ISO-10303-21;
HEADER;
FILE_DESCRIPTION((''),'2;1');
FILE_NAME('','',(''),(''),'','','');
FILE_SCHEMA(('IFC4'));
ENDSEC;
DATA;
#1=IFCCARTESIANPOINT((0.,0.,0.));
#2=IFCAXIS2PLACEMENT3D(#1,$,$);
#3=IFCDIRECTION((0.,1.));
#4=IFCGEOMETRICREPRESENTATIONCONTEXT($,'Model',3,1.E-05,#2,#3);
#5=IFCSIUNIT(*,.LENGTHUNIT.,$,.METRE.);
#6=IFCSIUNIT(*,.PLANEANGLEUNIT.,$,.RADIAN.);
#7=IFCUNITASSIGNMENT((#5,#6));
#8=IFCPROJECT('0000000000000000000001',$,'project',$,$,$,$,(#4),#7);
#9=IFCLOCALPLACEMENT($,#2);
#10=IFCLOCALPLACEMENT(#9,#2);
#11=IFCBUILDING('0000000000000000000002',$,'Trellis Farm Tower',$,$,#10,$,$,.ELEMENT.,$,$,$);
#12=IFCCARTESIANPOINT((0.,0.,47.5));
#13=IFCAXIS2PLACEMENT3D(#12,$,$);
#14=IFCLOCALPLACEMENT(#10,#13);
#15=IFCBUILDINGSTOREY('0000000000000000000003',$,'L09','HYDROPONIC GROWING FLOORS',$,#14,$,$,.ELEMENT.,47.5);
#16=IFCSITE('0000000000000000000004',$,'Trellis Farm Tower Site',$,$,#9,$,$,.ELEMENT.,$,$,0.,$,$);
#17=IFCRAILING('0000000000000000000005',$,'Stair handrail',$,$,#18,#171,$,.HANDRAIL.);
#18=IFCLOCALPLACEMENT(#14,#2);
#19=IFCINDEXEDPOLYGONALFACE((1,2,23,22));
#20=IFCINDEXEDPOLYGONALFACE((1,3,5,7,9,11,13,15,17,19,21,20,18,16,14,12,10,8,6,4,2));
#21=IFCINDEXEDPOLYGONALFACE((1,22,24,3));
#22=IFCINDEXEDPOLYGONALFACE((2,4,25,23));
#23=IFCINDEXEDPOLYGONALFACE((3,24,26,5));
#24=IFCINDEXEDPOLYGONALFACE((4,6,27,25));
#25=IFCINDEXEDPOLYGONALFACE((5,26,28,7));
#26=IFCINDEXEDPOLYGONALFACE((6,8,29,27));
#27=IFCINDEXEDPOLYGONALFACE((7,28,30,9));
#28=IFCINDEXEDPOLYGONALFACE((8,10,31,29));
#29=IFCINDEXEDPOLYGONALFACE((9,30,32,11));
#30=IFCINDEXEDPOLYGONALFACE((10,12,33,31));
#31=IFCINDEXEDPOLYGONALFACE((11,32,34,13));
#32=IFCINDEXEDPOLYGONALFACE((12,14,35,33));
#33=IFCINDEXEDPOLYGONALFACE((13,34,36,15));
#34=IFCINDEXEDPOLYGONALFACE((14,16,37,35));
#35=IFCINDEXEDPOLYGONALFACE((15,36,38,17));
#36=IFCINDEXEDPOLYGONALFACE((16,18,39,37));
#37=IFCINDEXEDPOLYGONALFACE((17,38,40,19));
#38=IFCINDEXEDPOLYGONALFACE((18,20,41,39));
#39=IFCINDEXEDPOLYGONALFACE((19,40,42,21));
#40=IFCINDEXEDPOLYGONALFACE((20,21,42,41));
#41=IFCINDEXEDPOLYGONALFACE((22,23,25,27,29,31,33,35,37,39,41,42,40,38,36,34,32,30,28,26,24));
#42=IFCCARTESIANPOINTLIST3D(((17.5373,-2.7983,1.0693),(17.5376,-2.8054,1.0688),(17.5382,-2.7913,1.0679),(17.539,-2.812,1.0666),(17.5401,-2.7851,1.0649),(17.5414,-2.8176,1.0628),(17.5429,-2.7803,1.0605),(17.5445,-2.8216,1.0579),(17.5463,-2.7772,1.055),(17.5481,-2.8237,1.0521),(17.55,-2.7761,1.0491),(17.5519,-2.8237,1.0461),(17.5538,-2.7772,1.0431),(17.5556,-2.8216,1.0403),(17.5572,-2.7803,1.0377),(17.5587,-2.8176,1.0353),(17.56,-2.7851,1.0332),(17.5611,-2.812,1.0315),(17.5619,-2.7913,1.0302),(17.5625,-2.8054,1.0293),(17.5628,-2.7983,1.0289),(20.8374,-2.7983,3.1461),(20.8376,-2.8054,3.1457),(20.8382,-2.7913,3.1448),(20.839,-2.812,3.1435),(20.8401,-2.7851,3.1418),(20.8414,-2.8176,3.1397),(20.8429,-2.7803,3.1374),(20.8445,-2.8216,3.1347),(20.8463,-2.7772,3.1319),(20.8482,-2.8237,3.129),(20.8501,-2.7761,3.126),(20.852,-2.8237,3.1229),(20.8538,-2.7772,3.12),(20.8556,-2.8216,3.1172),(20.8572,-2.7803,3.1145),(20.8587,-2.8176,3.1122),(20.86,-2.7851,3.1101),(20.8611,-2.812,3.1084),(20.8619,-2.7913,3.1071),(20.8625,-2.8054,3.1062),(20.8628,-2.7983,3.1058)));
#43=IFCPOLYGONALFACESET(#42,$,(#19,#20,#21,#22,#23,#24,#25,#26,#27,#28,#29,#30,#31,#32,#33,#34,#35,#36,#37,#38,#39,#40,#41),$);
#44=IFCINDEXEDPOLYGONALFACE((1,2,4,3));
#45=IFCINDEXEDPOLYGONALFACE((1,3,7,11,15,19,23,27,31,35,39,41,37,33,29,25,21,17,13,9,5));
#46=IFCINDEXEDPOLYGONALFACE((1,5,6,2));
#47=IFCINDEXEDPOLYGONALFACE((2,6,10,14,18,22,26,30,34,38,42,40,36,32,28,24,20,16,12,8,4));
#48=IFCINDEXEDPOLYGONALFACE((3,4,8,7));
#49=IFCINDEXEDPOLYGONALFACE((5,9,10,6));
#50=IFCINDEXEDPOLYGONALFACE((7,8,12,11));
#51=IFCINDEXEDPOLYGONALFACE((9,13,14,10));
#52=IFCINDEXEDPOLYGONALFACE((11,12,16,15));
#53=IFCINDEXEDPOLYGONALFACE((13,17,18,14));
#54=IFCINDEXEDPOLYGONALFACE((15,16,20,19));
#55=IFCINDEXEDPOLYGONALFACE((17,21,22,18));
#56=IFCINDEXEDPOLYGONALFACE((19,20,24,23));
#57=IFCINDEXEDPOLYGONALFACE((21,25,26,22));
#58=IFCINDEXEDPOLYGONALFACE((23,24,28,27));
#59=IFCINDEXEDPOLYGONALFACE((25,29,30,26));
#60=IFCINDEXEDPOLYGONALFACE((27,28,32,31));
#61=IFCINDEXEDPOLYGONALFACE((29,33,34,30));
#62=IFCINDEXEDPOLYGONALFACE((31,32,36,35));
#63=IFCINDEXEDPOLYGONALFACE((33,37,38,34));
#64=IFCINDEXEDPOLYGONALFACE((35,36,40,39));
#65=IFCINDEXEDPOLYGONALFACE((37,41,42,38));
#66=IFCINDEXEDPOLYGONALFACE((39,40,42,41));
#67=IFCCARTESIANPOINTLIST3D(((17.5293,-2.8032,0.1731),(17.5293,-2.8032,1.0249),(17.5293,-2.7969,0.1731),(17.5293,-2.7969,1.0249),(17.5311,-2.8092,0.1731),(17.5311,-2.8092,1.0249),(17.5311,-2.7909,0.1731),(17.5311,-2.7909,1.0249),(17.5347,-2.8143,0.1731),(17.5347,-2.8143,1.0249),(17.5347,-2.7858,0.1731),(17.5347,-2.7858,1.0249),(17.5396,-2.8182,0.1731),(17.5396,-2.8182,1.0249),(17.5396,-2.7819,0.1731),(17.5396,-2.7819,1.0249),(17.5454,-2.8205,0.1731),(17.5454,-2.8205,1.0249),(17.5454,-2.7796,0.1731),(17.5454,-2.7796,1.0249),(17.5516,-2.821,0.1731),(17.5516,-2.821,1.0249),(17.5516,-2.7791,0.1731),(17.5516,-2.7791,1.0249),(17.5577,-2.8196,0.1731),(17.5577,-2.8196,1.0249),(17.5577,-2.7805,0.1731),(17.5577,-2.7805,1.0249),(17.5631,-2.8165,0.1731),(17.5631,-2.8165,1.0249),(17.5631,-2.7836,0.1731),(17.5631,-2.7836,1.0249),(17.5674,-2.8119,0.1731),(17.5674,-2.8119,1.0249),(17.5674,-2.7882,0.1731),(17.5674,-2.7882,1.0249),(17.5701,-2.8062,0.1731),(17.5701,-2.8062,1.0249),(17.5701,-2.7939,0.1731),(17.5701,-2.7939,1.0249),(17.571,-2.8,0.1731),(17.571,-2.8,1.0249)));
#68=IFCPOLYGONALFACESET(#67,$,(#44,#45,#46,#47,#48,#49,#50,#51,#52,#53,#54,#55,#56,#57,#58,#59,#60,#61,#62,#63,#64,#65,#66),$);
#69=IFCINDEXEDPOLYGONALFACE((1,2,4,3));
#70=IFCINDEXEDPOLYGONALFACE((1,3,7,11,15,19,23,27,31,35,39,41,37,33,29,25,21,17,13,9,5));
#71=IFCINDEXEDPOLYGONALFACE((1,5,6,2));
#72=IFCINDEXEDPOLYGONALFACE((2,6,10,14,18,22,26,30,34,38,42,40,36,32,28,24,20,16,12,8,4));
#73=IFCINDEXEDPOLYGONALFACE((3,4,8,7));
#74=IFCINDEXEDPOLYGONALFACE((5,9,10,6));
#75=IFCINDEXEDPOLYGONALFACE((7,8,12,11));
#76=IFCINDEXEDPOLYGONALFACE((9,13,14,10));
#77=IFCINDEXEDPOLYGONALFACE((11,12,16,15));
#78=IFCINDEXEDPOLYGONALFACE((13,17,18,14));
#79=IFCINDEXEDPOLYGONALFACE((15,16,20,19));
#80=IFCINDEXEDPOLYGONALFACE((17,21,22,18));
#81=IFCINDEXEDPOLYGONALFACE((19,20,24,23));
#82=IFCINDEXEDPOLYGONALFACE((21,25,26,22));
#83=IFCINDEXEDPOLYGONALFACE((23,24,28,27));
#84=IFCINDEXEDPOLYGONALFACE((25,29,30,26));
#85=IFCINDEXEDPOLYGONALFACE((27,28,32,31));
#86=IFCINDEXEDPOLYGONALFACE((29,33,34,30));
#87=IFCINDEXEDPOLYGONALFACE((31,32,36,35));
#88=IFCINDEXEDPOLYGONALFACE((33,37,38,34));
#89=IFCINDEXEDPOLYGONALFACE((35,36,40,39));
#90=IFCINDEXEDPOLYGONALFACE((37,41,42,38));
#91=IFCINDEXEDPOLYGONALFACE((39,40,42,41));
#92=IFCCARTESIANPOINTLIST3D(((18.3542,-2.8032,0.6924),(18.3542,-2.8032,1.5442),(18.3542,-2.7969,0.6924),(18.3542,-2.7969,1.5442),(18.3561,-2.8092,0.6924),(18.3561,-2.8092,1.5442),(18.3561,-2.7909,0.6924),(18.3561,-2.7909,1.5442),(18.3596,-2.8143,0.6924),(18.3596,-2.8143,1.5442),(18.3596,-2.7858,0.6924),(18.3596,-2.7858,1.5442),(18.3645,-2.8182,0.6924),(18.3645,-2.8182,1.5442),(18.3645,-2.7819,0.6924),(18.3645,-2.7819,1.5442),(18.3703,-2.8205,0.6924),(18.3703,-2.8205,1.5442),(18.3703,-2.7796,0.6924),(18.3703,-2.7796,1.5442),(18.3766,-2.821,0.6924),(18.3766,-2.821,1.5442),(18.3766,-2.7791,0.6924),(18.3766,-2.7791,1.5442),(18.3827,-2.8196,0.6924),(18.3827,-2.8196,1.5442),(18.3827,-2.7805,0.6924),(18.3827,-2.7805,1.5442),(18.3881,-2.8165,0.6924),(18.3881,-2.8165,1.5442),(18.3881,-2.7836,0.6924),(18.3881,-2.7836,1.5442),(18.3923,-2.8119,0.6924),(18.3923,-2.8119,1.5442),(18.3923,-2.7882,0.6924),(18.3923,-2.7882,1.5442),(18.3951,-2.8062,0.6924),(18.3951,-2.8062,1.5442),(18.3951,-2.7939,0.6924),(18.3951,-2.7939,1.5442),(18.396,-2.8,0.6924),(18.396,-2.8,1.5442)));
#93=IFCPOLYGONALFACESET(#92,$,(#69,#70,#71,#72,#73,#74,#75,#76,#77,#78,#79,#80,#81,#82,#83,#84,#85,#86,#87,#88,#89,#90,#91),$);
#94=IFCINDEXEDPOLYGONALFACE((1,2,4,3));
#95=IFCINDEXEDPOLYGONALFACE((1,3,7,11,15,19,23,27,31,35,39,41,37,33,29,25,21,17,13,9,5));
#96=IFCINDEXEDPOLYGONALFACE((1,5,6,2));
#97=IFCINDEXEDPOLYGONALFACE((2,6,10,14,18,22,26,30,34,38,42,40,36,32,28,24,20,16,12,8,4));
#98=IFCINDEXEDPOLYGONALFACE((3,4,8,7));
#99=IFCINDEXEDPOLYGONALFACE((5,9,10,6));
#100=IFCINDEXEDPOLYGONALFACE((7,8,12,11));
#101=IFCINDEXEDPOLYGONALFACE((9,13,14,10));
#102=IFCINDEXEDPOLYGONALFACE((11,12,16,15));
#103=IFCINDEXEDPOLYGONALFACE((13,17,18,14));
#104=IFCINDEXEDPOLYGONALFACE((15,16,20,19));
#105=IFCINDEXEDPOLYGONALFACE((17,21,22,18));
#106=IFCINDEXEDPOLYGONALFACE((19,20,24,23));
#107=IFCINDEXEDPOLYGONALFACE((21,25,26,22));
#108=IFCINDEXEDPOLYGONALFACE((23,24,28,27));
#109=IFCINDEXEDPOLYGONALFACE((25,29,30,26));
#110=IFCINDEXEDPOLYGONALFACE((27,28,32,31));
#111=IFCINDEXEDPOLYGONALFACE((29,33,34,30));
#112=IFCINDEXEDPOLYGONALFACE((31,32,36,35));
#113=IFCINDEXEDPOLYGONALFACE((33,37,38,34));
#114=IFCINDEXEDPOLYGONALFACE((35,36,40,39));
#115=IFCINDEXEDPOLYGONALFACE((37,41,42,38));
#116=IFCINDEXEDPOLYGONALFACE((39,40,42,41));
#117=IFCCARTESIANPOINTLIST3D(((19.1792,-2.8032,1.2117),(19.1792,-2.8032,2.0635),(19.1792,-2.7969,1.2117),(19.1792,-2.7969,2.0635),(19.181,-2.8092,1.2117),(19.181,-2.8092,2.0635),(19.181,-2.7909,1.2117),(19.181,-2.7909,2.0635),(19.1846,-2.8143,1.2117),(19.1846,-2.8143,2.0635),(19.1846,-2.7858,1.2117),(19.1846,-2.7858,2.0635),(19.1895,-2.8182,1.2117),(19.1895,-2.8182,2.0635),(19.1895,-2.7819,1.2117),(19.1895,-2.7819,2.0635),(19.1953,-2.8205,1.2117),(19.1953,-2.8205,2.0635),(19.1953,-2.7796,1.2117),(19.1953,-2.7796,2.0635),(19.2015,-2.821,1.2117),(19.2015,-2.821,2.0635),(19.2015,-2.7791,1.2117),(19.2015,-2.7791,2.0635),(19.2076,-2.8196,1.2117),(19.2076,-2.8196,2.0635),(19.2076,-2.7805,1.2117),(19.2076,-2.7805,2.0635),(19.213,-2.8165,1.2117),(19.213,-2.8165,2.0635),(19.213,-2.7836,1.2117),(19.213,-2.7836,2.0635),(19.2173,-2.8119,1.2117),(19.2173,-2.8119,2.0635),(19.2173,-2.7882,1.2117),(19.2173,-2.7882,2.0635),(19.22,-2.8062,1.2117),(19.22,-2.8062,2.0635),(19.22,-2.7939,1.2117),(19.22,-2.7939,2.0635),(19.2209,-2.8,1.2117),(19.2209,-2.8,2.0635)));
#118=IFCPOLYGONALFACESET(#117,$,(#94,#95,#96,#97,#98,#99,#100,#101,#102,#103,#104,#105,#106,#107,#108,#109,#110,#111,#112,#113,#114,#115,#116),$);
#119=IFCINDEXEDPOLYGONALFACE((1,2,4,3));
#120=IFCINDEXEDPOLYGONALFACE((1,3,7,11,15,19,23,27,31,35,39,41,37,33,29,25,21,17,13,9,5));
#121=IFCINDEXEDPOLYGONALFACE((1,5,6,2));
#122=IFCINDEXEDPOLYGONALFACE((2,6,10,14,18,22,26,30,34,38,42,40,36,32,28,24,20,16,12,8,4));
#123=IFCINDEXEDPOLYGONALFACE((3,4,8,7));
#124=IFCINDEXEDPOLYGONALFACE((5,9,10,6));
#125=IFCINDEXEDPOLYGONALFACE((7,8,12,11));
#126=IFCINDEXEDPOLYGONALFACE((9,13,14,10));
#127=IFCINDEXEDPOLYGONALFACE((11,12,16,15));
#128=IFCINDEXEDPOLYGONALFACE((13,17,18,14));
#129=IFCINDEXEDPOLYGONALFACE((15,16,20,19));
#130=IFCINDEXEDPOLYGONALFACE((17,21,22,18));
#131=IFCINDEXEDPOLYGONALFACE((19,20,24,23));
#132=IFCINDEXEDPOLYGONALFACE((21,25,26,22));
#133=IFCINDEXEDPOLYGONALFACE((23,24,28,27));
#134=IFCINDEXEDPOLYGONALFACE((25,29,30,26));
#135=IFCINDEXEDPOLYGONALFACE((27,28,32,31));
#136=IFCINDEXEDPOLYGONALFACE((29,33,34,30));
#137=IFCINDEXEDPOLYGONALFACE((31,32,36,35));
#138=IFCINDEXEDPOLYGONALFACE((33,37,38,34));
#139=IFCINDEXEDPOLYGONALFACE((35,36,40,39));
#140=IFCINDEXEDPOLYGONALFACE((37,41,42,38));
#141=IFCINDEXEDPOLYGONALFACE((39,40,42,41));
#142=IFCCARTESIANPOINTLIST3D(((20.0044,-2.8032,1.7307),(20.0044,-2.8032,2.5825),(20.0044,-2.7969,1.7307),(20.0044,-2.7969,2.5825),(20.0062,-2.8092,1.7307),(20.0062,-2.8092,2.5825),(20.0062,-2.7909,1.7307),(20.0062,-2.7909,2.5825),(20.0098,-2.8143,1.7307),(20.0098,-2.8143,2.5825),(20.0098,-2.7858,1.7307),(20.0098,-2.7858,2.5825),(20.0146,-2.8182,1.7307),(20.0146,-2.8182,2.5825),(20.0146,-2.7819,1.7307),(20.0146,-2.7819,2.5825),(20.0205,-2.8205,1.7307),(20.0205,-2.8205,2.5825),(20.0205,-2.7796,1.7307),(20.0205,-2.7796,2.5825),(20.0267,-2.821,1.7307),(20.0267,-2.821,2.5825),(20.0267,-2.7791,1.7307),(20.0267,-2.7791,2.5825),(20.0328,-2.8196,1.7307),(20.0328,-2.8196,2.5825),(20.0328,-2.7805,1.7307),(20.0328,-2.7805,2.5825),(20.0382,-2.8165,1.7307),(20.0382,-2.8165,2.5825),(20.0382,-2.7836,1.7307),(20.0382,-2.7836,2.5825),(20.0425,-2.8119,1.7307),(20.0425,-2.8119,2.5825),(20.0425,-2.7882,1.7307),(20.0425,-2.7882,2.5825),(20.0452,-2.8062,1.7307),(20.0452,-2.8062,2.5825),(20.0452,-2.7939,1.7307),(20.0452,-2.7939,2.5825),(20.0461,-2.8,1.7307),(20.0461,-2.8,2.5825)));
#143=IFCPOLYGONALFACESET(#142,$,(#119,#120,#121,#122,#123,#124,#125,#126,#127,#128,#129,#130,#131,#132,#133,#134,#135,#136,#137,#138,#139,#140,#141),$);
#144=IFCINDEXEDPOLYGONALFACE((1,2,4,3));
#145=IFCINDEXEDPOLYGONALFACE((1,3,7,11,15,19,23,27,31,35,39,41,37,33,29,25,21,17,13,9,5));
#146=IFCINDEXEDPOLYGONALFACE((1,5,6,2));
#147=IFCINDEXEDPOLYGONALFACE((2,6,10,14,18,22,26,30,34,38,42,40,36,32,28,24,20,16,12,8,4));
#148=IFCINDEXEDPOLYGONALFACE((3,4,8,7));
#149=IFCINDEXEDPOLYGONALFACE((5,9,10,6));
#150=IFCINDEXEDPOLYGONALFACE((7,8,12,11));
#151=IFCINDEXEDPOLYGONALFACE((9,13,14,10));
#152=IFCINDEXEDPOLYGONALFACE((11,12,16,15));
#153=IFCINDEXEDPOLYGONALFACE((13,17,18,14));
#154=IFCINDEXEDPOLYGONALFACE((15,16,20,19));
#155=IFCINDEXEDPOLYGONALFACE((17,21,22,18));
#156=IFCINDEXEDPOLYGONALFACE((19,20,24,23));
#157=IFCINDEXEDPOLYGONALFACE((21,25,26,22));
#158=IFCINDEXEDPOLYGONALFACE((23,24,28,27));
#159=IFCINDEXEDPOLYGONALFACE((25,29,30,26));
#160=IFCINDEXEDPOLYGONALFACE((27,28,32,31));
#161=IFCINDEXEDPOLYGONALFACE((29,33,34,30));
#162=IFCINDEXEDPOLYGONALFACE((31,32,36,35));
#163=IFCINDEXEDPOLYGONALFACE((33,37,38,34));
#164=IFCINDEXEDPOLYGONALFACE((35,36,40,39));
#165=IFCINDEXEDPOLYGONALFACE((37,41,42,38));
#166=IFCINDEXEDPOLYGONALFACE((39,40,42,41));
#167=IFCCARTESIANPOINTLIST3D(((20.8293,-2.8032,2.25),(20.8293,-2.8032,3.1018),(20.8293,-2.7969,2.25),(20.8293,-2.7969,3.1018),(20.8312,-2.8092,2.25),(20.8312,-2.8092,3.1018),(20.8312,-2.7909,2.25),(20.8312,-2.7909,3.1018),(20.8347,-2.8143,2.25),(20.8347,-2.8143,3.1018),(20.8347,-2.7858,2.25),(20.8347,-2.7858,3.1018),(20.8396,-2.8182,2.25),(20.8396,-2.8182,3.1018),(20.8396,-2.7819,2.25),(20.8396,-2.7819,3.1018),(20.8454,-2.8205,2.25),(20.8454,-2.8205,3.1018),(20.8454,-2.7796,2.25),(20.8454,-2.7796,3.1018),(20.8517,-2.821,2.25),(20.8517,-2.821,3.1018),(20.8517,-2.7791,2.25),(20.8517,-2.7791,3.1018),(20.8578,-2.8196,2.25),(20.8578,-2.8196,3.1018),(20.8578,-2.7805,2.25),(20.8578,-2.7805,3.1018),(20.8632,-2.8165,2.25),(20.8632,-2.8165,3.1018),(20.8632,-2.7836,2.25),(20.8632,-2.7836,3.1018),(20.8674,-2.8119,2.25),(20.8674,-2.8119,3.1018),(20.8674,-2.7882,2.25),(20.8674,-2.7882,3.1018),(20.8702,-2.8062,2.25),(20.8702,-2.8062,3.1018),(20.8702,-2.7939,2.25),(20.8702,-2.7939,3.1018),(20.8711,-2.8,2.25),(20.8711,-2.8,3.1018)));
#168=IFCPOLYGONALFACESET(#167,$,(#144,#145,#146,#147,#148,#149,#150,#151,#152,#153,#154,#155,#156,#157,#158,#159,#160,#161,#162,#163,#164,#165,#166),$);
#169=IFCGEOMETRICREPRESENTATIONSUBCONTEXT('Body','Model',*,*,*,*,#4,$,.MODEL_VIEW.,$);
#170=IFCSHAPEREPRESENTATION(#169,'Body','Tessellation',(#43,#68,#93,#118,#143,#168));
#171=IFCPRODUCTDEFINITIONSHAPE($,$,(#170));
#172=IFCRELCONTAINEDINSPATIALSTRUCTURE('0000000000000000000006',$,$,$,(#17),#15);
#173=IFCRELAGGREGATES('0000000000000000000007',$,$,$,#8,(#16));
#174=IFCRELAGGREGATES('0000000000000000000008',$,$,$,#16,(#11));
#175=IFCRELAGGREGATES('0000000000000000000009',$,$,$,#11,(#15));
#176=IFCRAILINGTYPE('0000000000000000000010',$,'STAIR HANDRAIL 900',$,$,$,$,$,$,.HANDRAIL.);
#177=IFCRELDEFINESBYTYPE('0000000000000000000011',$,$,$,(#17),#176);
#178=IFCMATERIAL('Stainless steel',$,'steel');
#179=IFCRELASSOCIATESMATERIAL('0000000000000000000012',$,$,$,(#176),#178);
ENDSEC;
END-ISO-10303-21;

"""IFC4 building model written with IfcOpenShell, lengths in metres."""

from ifc_helpers import new_model, si_unit, direction, frame, origin, origin_2d, place, context, subcontext, project, spatial, circle, extrude, source, transform, mapped, material, type_object, element, save


model = new_model("IFC4")

# Units and contexts
model_context = context("Model", 3, precision=1e-05, world=origin(), true_north=direction((0.0, 1.0)))
body_context = subcontext(model_context, "Body", "Model", "MODEL_VIEW")
ifc_project = project(units=[si_unit("LENGTHUNIT", "METRE"), si_unit("PLANEANGLEUNIT", "RADIAN")], contexts=[model_context])

# Site, building, storey
site_placement = place(None, origin())
site = spatial("IfcSite", under=ifc_project, at=site_placement, Name="Trellis Farm Tower Site", CompositionType="ELEMENT", RefElevation=0.0)
building_placement = place(site_placement, origin())
building = spatial("IfcBuilding", under=site, at=building_placement, Name="Trellis Farm Tower", CompositionType="ELEMENT")
storey_placement = place(building_placement, frame((0.0, 0.0, 47.5)))
storey = spatial("IfcBuildingStorey", under=building, at=storey_placement, Name="L09", Description="HYDROPONIC GROWING FLOORS", CompositionType="ELEMENT", Elevation=47.5)

# Shared definitions
ifc_material_1 = material(Name="Stainless steel", Category="steel")

# Railing
railing_type = type_object("IfcRailingType", Name="STAIR HANDRAIL 900", PredefinedType="HANDRAIL", material=ifc_material_1)
shared_shape_1 = source(origin(), body_context, "Body", "SweptSolid", [
    extrude(circle(Radius=0.0239, at=origin_2d()), frame((0.0, 0.0, 0.876), z_axis=(0.846337, 0.0, 0.532647), x_axis=(0.0, 1.0, 0.0)), (0.0, 0.0, 1.0), 3.8992),
    extrude(circle(Radius=0.021, at=origin_2d()), origin(), (0.0, 0.0, 1.0), 0.8518),
    extrude(circle(Radius=0.021, at=origin_2d()), frame((0.825, 0.0, 0.5193)), (0.0, 0.0, 1.0), 0.8518),
    extrude(circle(Radius=0.021, at=origin_2d()), frame((1.6499, 0.0, 1.0386)), (0.0, 0.0, 1.0), 0.8518),
    extrude(circle(Radius=0.021, at=origin_2d()), frame((2.4751, 0.0, 1.5576)), (0.0, 0.0, 1.0), 0.8518),
    extrude(circle(Radius=0.021, at=origin_2d()), frame((3.3, 0.0, 2.0769)), (0.0, 0.0, 1.0), 0.8518),
])
railing_placement = place(storey_placement, frame((17.55, -2.8, 0.1731)))
element("IfcRailing", 1, at=railing_placement, inside=storey, type_object=railing_type, Name="Stair handrail", PredefinedType="HANDRAIL", context=body_context, shape_type="MappedRepresentation", body=[
    mapped(shared_shape_1, transform((0.0, 0.0, 0.0))),
])

save(model, "model.ifc")
